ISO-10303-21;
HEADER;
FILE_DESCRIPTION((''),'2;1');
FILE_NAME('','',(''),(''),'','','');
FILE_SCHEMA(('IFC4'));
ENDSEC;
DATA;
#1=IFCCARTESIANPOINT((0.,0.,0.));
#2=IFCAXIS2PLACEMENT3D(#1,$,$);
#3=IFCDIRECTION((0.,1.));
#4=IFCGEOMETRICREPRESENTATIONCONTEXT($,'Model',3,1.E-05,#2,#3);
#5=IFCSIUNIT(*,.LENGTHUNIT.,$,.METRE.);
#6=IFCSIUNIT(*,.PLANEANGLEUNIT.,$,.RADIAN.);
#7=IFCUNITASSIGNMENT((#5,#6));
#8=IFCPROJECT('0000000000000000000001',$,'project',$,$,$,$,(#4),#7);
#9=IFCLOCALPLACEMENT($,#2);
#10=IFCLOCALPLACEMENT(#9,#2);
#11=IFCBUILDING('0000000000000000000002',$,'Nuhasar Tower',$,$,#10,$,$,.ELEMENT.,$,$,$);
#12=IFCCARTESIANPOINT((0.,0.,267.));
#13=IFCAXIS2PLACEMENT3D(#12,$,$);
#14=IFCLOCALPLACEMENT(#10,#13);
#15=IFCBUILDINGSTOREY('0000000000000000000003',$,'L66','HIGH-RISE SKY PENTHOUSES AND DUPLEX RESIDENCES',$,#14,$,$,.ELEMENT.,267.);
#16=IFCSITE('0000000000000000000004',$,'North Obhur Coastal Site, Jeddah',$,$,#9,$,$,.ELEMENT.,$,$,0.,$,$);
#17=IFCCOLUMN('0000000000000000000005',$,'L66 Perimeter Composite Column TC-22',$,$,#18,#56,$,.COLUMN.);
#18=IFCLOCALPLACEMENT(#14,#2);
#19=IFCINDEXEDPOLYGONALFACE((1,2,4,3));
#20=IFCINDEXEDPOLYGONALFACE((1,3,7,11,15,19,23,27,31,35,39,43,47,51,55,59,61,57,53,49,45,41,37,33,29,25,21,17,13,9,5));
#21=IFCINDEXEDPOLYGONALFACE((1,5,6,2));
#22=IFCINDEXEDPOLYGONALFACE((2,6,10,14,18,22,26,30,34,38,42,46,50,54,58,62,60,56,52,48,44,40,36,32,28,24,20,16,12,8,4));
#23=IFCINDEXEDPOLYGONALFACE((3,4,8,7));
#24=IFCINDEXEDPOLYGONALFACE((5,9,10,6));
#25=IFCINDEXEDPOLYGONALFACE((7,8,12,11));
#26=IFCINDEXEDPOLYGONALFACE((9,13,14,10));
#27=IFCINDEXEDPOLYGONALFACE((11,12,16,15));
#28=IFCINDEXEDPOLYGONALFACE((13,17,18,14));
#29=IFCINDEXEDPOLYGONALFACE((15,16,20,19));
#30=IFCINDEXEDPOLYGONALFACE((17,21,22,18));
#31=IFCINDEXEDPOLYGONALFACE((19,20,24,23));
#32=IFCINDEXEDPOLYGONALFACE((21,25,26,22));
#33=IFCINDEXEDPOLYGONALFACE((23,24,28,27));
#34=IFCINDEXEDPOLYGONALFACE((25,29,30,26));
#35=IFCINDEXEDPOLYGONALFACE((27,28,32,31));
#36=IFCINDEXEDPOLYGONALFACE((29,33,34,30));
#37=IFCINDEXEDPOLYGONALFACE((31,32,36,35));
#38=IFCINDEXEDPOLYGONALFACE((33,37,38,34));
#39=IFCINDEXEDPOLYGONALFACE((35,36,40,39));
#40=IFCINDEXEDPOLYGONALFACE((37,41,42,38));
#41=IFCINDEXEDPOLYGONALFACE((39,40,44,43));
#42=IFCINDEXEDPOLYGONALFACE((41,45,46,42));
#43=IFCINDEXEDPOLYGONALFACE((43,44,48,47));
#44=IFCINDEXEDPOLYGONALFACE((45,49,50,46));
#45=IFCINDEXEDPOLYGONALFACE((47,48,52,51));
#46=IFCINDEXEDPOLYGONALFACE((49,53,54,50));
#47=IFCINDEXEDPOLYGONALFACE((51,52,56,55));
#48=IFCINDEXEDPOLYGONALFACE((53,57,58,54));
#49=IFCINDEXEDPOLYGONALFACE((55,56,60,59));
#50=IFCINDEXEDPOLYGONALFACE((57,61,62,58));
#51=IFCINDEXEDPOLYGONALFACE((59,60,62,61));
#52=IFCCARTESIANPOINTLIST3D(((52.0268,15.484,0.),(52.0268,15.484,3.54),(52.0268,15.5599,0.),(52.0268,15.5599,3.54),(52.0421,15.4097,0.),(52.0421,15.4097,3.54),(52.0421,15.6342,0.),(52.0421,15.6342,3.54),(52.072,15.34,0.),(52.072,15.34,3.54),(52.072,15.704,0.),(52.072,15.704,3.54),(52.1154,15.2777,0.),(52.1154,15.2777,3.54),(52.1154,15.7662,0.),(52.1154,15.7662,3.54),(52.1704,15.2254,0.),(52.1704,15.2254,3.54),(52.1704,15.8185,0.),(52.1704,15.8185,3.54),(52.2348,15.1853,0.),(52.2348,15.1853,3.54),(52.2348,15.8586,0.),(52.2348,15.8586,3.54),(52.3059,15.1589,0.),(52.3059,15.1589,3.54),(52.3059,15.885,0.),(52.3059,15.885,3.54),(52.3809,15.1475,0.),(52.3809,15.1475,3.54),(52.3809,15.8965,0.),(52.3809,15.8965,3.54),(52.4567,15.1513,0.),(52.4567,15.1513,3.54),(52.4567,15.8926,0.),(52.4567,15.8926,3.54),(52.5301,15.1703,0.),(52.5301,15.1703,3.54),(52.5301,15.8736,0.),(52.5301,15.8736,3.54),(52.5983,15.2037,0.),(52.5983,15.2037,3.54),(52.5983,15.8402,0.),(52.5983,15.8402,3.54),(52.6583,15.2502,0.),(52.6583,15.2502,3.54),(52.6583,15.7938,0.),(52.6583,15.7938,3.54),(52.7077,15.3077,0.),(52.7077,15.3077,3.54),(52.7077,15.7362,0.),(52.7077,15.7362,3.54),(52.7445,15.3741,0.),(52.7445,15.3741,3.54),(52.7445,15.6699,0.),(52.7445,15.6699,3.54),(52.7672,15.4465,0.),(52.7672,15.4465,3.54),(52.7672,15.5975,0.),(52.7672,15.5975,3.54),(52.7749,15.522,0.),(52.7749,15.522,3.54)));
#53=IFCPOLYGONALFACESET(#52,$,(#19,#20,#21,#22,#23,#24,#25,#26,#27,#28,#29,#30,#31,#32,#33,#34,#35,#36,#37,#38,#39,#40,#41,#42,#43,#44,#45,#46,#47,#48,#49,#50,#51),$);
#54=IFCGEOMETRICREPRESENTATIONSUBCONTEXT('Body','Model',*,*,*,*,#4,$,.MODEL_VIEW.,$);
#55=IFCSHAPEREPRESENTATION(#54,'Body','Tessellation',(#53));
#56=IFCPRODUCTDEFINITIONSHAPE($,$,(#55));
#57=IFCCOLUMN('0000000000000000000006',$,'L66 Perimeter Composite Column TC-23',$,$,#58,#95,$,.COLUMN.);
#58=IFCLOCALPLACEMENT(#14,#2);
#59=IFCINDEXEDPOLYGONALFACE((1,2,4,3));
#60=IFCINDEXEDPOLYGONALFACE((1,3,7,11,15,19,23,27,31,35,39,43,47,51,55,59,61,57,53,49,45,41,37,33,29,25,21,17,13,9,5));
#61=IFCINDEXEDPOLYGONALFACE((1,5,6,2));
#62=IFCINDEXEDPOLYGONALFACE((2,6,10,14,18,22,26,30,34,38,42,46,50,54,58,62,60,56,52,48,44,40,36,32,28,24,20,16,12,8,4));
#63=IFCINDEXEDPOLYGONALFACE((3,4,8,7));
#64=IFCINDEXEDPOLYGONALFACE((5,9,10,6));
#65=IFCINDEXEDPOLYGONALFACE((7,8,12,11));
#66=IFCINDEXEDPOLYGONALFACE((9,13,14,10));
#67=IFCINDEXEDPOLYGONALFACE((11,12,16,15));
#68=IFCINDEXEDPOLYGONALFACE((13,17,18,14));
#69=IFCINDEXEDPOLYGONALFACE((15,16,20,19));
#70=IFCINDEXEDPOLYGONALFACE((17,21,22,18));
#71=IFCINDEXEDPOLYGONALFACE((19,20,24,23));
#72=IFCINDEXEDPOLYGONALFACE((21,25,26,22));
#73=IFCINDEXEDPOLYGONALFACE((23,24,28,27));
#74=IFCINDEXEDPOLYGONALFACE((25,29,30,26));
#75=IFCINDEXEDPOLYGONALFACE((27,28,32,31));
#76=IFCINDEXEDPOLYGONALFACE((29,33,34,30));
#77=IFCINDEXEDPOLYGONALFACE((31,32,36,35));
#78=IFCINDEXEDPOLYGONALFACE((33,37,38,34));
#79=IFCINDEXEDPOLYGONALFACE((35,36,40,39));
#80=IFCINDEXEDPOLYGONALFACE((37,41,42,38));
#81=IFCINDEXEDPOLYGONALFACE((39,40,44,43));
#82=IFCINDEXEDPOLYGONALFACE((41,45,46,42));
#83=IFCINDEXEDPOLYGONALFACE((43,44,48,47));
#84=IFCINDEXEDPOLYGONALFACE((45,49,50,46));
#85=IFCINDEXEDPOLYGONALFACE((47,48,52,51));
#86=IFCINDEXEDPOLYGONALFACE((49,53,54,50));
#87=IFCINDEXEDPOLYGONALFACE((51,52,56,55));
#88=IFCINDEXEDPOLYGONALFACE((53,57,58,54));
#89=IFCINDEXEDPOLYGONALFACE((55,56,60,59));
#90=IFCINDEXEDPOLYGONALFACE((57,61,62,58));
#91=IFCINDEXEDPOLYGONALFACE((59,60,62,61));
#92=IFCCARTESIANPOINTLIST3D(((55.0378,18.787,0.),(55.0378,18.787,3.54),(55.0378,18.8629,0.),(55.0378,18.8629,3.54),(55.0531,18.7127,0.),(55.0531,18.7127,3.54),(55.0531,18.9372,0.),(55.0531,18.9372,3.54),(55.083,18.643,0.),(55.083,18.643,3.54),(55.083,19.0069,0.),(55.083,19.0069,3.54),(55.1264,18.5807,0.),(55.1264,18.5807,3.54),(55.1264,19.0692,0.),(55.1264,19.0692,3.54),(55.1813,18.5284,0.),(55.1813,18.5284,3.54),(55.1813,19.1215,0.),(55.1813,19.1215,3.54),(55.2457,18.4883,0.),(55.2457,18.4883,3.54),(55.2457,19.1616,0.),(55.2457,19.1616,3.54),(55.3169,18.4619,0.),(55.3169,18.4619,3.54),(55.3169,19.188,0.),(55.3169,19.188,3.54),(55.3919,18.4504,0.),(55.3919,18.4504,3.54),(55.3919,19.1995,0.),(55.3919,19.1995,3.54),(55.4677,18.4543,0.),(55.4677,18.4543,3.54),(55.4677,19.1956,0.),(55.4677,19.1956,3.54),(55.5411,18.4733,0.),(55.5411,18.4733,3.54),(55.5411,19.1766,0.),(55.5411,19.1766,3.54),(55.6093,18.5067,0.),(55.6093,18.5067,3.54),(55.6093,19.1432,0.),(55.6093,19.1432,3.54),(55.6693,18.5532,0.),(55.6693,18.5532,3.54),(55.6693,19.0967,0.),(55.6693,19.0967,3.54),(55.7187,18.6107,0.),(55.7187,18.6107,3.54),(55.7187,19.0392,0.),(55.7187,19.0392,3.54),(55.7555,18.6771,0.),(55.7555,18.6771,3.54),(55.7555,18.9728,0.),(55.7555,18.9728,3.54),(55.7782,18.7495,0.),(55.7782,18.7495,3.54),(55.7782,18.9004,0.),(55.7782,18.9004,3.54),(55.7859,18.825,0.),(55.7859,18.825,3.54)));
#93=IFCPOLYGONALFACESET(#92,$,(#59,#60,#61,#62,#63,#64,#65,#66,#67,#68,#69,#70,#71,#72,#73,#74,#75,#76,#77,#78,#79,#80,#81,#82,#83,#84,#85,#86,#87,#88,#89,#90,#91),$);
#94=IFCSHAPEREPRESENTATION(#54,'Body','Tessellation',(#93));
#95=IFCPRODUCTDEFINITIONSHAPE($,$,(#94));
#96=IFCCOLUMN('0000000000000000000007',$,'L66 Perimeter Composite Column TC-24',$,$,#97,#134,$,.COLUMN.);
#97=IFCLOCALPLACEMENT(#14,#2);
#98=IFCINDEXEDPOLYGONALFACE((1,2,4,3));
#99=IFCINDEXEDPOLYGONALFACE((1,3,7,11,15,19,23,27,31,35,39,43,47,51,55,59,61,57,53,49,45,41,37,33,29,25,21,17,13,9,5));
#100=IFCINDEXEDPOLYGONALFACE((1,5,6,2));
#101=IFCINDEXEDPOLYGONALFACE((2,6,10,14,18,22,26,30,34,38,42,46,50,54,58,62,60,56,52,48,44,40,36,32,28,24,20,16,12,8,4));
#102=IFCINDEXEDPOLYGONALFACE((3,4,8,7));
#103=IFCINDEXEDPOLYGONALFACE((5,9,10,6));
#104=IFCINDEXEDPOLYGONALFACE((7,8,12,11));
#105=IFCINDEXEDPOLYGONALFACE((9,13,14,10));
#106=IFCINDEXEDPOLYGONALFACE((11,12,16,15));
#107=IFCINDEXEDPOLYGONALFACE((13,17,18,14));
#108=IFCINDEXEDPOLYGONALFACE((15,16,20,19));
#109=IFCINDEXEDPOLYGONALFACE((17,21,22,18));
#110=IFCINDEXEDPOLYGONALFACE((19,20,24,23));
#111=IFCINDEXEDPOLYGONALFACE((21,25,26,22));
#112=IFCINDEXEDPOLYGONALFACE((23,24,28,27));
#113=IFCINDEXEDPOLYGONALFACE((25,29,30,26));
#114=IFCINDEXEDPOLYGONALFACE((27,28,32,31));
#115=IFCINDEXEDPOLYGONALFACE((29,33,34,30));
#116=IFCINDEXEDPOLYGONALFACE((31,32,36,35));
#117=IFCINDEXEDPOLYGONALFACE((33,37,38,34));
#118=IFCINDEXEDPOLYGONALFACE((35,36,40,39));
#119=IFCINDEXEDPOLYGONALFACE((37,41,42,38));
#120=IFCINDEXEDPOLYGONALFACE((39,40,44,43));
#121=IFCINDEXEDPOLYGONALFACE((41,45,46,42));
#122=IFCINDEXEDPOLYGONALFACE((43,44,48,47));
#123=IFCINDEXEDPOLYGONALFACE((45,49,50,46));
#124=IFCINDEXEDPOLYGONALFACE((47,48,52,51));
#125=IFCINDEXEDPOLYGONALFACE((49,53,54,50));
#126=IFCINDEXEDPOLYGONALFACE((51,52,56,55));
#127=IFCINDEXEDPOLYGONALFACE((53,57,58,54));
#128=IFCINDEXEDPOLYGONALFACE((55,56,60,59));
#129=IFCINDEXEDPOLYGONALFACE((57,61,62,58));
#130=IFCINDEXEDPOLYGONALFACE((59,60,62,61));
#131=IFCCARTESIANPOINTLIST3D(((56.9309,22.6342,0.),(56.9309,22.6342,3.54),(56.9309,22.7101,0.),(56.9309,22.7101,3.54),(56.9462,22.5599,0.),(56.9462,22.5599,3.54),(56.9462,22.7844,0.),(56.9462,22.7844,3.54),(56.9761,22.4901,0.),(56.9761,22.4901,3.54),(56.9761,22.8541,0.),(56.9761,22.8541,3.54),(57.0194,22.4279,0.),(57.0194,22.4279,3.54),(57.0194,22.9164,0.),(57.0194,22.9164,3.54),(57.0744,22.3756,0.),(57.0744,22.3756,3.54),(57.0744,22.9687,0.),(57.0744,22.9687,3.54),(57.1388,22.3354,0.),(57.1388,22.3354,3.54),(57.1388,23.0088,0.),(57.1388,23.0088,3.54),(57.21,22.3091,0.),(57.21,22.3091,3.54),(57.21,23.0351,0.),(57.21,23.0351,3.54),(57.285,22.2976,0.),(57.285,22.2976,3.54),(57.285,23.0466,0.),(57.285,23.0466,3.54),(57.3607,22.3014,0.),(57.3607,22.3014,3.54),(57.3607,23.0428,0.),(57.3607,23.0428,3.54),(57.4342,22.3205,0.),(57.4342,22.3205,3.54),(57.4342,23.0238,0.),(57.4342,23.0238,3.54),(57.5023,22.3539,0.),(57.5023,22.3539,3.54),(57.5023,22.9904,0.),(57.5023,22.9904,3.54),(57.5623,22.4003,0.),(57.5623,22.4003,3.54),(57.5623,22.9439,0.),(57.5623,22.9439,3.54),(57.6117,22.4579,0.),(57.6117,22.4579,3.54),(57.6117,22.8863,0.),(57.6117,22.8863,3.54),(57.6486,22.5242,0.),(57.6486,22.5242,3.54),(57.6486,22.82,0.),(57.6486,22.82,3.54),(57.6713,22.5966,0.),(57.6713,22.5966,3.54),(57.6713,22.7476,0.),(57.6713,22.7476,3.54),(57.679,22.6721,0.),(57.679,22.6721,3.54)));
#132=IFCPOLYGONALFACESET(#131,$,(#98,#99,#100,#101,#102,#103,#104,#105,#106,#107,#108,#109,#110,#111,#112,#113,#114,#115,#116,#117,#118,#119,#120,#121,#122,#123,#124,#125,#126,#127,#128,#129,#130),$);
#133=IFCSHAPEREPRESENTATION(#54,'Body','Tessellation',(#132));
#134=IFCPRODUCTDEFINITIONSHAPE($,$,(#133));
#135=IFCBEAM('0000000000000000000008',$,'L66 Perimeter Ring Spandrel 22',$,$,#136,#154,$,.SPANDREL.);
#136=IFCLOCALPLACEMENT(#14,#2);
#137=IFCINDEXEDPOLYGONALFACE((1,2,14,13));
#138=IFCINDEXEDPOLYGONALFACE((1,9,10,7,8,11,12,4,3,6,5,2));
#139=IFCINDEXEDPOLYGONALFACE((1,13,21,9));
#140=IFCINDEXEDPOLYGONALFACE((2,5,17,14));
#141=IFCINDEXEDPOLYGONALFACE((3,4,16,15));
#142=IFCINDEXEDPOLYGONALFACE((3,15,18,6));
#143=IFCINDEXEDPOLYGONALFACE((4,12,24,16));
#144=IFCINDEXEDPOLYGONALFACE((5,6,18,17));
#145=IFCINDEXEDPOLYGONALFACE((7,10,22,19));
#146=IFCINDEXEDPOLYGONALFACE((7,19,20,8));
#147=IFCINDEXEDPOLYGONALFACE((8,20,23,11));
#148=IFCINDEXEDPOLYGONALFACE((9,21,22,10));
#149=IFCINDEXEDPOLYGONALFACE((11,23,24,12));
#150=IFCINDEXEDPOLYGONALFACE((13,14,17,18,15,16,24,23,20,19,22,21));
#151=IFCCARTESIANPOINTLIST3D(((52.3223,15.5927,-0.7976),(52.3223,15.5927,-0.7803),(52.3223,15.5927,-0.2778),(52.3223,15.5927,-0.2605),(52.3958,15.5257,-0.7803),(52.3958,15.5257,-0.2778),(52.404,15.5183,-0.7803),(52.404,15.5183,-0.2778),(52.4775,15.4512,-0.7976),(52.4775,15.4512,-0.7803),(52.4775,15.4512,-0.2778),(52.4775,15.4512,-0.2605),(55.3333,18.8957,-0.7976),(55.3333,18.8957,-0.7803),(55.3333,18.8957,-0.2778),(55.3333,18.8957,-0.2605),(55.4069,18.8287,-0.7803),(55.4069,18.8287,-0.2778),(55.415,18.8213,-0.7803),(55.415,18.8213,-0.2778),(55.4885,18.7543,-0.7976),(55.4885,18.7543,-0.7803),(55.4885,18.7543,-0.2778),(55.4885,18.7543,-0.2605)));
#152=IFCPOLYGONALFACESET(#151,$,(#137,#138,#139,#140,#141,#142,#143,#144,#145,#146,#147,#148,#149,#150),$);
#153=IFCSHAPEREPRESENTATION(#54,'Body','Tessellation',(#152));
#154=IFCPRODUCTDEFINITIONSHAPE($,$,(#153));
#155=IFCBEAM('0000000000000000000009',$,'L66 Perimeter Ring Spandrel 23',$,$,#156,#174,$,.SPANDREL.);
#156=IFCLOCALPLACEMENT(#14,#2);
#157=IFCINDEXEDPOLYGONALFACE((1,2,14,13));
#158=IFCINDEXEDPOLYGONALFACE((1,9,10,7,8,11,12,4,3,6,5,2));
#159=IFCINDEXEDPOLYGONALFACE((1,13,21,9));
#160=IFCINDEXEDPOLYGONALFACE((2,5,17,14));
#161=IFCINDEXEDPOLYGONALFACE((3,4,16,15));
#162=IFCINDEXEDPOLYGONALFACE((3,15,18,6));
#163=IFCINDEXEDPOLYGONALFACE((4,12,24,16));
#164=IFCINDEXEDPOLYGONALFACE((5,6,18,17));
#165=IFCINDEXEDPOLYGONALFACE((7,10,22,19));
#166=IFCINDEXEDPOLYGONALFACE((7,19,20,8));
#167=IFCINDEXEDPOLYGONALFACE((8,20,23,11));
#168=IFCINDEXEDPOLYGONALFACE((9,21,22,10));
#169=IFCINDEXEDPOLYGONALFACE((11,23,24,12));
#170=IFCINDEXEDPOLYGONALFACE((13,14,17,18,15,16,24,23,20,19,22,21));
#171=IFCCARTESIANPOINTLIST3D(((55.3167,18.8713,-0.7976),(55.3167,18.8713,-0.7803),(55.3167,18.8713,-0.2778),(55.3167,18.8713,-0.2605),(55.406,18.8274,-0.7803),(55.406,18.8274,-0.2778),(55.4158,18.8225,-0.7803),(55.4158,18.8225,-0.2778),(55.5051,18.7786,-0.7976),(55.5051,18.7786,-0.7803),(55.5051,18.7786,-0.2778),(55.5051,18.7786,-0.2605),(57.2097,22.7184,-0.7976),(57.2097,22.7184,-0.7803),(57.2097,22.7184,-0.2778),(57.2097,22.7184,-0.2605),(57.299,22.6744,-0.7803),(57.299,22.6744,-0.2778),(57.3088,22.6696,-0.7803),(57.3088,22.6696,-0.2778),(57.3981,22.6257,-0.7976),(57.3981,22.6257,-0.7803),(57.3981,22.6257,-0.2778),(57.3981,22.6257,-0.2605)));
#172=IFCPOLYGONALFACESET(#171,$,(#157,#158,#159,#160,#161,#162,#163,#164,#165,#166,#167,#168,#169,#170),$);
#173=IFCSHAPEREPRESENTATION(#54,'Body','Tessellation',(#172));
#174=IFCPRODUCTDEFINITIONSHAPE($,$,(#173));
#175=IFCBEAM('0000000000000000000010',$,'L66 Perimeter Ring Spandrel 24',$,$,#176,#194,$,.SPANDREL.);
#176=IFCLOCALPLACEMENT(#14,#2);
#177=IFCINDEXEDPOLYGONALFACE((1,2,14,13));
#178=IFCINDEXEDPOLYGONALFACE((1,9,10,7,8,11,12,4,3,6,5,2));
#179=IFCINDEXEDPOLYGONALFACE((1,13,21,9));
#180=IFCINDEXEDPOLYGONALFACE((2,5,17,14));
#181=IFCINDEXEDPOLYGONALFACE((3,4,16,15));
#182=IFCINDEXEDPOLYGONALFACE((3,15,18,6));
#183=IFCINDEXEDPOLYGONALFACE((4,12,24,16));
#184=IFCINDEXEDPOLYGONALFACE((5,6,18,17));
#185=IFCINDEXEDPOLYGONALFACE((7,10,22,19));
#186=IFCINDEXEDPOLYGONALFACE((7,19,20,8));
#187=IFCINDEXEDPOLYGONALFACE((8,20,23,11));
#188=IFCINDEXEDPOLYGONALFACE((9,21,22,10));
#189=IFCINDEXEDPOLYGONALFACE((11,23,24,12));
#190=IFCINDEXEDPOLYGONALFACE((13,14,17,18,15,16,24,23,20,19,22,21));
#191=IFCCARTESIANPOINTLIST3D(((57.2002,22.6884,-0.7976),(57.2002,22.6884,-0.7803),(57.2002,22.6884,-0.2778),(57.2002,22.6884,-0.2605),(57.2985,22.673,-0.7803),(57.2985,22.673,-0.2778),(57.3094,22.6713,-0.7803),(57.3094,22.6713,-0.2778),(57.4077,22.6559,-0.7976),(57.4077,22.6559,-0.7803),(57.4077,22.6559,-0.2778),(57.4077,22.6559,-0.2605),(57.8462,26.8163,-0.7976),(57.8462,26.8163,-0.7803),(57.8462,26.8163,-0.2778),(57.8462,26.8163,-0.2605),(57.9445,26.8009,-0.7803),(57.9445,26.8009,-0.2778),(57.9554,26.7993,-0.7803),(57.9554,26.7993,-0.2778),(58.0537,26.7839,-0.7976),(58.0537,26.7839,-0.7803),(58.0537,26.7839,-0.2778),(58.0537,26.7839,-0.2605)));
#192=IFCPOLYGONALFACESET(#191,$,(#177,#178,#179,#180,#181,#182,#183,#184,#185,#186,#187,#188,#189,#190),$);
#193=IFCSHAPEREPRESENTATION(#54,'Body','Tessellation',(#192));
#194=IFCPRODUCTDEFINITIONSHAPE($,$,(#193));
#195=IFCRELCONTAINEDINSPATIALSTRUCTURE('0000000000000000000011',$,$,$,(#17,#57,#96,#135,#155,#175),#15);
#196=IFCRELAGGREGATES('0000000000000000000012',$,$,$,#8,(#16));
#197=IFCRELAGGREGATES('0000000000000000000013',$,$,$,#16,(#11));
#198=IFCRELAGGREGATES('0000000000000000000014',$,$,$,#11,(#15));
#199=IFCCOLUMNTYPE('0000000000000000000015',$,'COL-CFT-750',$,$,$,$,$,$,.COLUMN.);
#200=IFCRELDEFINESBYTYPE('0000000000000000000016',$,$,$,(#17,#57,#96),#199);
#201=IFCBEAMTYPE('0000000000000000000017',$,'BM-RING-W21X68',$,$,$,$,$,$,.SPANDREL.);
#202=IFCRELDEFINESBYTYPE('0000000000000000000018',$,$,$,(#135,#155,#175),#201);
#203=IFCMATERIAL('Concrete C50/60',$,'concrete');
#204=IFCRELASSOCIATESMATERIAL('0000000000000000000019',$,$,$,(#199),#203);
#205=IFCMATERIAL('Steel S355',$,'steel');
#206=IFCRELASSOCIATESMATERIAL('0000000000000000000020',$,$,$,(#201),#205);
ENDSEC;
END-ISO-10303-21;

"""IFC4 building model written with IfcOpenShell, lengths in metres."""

from ifc_helpers import new_model, si_unit, direction, frame, origin, origin_2d, place, context, subcontext, project, spatial, circle, i_section, extrude, material, material_profile, profile_set, type_object, element, save


model = new_model("IFC4")

# Units and contexts
model_context = context("Model", 3, precision=1e-05, world=origin(), true_north=direction((0.0, 1.0)))
body_context = subcontext(model_context, "Body", "Model", "MODEL_VIEW")
ifc_project = project(units=[si_unit("LENGTHUNIT", "METRE"), si_unit("PLANEANGLEUNIT", "RADIAN")], contexts=[model_context])

# Site, building, storey
site_placement = place(None, origin())
site = spatial("IfcSite", under=ifc_project, at=site_placement, Name="North Obhur Coastal Site, Jeddah", CompositionType="ELEMENT", RefElevation=0.0)
building_placement = place(site_placement, origin())
building = spatial("IfcBuilding", under=site, at=building_placement, Name="Nuhasar Tower", CompositionType="ELEMENT")
storey_placement = place(building_placement, frame((0.0, 0.0, 267.0)))
storey = spatial("IfcBuildingStorey", under=building, at=storey_placement, Name="L66", Description="HIGH-RISE SKY PENTHOUSES AND DUPLEX RESIDENCES", CompositionType="ELEMENT", Elevation=267.0)

# Columns
ifc_material_1 = material(Name="Concrete C50/60", Category="concrete")
ifc_material_profile_1 = material_profile(ifc_material_1, circle(Radius=0.375, at=origin_2d()), Name="CFT750")
ifc_profile_set_1 = profile_set([ifc_material_profile_1], Name="Concrete C50/60")
column_type = type_object("IfcColumnType", Name="COL-CFT-750", PredefinedType="COLUMN", material=ifc_profile_set_1)
for number, where, z_axis, x_axis, name in (
    (1, (52.3999, 15.522, 0.0), (0.0, 0.0, 1.0), (1.0, 0.0, 0.0), "L66 Perimeter Composite Column TC-22"),
    (2, (55.4109, 18.825, 0.0), (0.0, 0.0, 1.0), (1.0, 0.0, 0.0), "L66 Perimeter Composite Column TC-23"),
    (3, (57.304, 22.6721, 0.0), (0.0, 0.0, 1.0), (1.0, 0.0, 0.0), "L66 Perimeter Composite Column TC-24"),
):
    element("IfcColumn", number, at=place(storey_placement, frame(where, z_axis=z_axis, x_axis=x_axis)), inside=storey, type_object=column_type, Name=name, PredefinedType="COLUMN", context=body_context, shape_type="SweptSolid", body=[
        extrude(circle(Radius=0.375, at=origin_2d()), origin(), (0.0, 0.0, 1.0), 3.54),
    ])

# Beams
ifc_material_2 = material(Name="Steel S355", Category="steel")
ifc_material_profile_2 = material_profile(ifc_material_2, i_section(OverallWidth=0.21, OverallDepth=0.5371, WebThickness=0.011, FlangeThickness=0.0173, at=origin_2d()), Name="W21X68")
ifc_profile_set_2 = profile_set([ifc_material_profile_2], Name="Steel S355")
beam_type_1 = type_object("IfcBeamType", Name="BM-RING-W21X68", PredefinedType="SPANDREL", material=ifc_profile_set_2)
beam_1_placement = place(storey_placement, frame((52.3999, 15.522, -0.5291), z_axis=(0.673686, 0.739017, 0.0), x_axis=(-0.739017, 0.673686, 0.0)))
element("IfcBeam", 4, at=beam_1_placement, inside=storey, type_object=beam_type_1, Name="L66 Perimeter Ring Spandrel 22", PredefinedType="SPANDREL", context=body_context, shape_type="SweptSolid", body=[
    extrude(i_section(OverallWidth=0.21, OverallDepth=0.5371, WebThickness=0.011, FlangeThickness=0.0173, at=origin_2d()), origin(), (0.0, 0.0, 1.0), 4.4695),
])
beam_2_placement = place(storey_placement, frame((55.4109, 18.825, -0.5291), z_axis=(0.441511, 0.897256, 0.0), x_axis=(-0.897256, 0.441511, 0.0)))
element("IfcBeam", 5, at=beam_2_placement, inside=storey, type_object=beam_type_1, Name="L66 Perimeter Ring Spandrel 23", PredefinedType="SPANDREL", context=body_context, shape_type="SweptSolid", body=[
    extrude(i_section(OverallWidth=0.21, OverallDepth=0.5371, WebThickness=0.011, FlangeThickness=0.0173, at=origin_2d()), origin(), (0.0, 0.0, 1.0), 4.2876),
])
beam_3_placement = place(storey_placement, frame((57.304, 22.6721, -0.5291), z_axis=(0.154612, 0.987975, 0.0), x_axis=(-0.987975, 0.154612, 0.0)))
element("IfcBeam", 6, at=beam_3_placement, inside=storey, type_object=beam_type_1, Name="L66 Perimeter Ring Spandrel 24", PredefinedType="SPANDREL", context=body_context, shape_type="SweptSolid", body=[
    extrude(i_section(OverallWidth=0.21, OverallDepth=0.5371, WebThickness=0.011, FlangeThickness=0.0173, at=origin_2d()), origin(), (0.0, 0.0, 1.0), 4.1782),
])

save(model, "model.ifc")
